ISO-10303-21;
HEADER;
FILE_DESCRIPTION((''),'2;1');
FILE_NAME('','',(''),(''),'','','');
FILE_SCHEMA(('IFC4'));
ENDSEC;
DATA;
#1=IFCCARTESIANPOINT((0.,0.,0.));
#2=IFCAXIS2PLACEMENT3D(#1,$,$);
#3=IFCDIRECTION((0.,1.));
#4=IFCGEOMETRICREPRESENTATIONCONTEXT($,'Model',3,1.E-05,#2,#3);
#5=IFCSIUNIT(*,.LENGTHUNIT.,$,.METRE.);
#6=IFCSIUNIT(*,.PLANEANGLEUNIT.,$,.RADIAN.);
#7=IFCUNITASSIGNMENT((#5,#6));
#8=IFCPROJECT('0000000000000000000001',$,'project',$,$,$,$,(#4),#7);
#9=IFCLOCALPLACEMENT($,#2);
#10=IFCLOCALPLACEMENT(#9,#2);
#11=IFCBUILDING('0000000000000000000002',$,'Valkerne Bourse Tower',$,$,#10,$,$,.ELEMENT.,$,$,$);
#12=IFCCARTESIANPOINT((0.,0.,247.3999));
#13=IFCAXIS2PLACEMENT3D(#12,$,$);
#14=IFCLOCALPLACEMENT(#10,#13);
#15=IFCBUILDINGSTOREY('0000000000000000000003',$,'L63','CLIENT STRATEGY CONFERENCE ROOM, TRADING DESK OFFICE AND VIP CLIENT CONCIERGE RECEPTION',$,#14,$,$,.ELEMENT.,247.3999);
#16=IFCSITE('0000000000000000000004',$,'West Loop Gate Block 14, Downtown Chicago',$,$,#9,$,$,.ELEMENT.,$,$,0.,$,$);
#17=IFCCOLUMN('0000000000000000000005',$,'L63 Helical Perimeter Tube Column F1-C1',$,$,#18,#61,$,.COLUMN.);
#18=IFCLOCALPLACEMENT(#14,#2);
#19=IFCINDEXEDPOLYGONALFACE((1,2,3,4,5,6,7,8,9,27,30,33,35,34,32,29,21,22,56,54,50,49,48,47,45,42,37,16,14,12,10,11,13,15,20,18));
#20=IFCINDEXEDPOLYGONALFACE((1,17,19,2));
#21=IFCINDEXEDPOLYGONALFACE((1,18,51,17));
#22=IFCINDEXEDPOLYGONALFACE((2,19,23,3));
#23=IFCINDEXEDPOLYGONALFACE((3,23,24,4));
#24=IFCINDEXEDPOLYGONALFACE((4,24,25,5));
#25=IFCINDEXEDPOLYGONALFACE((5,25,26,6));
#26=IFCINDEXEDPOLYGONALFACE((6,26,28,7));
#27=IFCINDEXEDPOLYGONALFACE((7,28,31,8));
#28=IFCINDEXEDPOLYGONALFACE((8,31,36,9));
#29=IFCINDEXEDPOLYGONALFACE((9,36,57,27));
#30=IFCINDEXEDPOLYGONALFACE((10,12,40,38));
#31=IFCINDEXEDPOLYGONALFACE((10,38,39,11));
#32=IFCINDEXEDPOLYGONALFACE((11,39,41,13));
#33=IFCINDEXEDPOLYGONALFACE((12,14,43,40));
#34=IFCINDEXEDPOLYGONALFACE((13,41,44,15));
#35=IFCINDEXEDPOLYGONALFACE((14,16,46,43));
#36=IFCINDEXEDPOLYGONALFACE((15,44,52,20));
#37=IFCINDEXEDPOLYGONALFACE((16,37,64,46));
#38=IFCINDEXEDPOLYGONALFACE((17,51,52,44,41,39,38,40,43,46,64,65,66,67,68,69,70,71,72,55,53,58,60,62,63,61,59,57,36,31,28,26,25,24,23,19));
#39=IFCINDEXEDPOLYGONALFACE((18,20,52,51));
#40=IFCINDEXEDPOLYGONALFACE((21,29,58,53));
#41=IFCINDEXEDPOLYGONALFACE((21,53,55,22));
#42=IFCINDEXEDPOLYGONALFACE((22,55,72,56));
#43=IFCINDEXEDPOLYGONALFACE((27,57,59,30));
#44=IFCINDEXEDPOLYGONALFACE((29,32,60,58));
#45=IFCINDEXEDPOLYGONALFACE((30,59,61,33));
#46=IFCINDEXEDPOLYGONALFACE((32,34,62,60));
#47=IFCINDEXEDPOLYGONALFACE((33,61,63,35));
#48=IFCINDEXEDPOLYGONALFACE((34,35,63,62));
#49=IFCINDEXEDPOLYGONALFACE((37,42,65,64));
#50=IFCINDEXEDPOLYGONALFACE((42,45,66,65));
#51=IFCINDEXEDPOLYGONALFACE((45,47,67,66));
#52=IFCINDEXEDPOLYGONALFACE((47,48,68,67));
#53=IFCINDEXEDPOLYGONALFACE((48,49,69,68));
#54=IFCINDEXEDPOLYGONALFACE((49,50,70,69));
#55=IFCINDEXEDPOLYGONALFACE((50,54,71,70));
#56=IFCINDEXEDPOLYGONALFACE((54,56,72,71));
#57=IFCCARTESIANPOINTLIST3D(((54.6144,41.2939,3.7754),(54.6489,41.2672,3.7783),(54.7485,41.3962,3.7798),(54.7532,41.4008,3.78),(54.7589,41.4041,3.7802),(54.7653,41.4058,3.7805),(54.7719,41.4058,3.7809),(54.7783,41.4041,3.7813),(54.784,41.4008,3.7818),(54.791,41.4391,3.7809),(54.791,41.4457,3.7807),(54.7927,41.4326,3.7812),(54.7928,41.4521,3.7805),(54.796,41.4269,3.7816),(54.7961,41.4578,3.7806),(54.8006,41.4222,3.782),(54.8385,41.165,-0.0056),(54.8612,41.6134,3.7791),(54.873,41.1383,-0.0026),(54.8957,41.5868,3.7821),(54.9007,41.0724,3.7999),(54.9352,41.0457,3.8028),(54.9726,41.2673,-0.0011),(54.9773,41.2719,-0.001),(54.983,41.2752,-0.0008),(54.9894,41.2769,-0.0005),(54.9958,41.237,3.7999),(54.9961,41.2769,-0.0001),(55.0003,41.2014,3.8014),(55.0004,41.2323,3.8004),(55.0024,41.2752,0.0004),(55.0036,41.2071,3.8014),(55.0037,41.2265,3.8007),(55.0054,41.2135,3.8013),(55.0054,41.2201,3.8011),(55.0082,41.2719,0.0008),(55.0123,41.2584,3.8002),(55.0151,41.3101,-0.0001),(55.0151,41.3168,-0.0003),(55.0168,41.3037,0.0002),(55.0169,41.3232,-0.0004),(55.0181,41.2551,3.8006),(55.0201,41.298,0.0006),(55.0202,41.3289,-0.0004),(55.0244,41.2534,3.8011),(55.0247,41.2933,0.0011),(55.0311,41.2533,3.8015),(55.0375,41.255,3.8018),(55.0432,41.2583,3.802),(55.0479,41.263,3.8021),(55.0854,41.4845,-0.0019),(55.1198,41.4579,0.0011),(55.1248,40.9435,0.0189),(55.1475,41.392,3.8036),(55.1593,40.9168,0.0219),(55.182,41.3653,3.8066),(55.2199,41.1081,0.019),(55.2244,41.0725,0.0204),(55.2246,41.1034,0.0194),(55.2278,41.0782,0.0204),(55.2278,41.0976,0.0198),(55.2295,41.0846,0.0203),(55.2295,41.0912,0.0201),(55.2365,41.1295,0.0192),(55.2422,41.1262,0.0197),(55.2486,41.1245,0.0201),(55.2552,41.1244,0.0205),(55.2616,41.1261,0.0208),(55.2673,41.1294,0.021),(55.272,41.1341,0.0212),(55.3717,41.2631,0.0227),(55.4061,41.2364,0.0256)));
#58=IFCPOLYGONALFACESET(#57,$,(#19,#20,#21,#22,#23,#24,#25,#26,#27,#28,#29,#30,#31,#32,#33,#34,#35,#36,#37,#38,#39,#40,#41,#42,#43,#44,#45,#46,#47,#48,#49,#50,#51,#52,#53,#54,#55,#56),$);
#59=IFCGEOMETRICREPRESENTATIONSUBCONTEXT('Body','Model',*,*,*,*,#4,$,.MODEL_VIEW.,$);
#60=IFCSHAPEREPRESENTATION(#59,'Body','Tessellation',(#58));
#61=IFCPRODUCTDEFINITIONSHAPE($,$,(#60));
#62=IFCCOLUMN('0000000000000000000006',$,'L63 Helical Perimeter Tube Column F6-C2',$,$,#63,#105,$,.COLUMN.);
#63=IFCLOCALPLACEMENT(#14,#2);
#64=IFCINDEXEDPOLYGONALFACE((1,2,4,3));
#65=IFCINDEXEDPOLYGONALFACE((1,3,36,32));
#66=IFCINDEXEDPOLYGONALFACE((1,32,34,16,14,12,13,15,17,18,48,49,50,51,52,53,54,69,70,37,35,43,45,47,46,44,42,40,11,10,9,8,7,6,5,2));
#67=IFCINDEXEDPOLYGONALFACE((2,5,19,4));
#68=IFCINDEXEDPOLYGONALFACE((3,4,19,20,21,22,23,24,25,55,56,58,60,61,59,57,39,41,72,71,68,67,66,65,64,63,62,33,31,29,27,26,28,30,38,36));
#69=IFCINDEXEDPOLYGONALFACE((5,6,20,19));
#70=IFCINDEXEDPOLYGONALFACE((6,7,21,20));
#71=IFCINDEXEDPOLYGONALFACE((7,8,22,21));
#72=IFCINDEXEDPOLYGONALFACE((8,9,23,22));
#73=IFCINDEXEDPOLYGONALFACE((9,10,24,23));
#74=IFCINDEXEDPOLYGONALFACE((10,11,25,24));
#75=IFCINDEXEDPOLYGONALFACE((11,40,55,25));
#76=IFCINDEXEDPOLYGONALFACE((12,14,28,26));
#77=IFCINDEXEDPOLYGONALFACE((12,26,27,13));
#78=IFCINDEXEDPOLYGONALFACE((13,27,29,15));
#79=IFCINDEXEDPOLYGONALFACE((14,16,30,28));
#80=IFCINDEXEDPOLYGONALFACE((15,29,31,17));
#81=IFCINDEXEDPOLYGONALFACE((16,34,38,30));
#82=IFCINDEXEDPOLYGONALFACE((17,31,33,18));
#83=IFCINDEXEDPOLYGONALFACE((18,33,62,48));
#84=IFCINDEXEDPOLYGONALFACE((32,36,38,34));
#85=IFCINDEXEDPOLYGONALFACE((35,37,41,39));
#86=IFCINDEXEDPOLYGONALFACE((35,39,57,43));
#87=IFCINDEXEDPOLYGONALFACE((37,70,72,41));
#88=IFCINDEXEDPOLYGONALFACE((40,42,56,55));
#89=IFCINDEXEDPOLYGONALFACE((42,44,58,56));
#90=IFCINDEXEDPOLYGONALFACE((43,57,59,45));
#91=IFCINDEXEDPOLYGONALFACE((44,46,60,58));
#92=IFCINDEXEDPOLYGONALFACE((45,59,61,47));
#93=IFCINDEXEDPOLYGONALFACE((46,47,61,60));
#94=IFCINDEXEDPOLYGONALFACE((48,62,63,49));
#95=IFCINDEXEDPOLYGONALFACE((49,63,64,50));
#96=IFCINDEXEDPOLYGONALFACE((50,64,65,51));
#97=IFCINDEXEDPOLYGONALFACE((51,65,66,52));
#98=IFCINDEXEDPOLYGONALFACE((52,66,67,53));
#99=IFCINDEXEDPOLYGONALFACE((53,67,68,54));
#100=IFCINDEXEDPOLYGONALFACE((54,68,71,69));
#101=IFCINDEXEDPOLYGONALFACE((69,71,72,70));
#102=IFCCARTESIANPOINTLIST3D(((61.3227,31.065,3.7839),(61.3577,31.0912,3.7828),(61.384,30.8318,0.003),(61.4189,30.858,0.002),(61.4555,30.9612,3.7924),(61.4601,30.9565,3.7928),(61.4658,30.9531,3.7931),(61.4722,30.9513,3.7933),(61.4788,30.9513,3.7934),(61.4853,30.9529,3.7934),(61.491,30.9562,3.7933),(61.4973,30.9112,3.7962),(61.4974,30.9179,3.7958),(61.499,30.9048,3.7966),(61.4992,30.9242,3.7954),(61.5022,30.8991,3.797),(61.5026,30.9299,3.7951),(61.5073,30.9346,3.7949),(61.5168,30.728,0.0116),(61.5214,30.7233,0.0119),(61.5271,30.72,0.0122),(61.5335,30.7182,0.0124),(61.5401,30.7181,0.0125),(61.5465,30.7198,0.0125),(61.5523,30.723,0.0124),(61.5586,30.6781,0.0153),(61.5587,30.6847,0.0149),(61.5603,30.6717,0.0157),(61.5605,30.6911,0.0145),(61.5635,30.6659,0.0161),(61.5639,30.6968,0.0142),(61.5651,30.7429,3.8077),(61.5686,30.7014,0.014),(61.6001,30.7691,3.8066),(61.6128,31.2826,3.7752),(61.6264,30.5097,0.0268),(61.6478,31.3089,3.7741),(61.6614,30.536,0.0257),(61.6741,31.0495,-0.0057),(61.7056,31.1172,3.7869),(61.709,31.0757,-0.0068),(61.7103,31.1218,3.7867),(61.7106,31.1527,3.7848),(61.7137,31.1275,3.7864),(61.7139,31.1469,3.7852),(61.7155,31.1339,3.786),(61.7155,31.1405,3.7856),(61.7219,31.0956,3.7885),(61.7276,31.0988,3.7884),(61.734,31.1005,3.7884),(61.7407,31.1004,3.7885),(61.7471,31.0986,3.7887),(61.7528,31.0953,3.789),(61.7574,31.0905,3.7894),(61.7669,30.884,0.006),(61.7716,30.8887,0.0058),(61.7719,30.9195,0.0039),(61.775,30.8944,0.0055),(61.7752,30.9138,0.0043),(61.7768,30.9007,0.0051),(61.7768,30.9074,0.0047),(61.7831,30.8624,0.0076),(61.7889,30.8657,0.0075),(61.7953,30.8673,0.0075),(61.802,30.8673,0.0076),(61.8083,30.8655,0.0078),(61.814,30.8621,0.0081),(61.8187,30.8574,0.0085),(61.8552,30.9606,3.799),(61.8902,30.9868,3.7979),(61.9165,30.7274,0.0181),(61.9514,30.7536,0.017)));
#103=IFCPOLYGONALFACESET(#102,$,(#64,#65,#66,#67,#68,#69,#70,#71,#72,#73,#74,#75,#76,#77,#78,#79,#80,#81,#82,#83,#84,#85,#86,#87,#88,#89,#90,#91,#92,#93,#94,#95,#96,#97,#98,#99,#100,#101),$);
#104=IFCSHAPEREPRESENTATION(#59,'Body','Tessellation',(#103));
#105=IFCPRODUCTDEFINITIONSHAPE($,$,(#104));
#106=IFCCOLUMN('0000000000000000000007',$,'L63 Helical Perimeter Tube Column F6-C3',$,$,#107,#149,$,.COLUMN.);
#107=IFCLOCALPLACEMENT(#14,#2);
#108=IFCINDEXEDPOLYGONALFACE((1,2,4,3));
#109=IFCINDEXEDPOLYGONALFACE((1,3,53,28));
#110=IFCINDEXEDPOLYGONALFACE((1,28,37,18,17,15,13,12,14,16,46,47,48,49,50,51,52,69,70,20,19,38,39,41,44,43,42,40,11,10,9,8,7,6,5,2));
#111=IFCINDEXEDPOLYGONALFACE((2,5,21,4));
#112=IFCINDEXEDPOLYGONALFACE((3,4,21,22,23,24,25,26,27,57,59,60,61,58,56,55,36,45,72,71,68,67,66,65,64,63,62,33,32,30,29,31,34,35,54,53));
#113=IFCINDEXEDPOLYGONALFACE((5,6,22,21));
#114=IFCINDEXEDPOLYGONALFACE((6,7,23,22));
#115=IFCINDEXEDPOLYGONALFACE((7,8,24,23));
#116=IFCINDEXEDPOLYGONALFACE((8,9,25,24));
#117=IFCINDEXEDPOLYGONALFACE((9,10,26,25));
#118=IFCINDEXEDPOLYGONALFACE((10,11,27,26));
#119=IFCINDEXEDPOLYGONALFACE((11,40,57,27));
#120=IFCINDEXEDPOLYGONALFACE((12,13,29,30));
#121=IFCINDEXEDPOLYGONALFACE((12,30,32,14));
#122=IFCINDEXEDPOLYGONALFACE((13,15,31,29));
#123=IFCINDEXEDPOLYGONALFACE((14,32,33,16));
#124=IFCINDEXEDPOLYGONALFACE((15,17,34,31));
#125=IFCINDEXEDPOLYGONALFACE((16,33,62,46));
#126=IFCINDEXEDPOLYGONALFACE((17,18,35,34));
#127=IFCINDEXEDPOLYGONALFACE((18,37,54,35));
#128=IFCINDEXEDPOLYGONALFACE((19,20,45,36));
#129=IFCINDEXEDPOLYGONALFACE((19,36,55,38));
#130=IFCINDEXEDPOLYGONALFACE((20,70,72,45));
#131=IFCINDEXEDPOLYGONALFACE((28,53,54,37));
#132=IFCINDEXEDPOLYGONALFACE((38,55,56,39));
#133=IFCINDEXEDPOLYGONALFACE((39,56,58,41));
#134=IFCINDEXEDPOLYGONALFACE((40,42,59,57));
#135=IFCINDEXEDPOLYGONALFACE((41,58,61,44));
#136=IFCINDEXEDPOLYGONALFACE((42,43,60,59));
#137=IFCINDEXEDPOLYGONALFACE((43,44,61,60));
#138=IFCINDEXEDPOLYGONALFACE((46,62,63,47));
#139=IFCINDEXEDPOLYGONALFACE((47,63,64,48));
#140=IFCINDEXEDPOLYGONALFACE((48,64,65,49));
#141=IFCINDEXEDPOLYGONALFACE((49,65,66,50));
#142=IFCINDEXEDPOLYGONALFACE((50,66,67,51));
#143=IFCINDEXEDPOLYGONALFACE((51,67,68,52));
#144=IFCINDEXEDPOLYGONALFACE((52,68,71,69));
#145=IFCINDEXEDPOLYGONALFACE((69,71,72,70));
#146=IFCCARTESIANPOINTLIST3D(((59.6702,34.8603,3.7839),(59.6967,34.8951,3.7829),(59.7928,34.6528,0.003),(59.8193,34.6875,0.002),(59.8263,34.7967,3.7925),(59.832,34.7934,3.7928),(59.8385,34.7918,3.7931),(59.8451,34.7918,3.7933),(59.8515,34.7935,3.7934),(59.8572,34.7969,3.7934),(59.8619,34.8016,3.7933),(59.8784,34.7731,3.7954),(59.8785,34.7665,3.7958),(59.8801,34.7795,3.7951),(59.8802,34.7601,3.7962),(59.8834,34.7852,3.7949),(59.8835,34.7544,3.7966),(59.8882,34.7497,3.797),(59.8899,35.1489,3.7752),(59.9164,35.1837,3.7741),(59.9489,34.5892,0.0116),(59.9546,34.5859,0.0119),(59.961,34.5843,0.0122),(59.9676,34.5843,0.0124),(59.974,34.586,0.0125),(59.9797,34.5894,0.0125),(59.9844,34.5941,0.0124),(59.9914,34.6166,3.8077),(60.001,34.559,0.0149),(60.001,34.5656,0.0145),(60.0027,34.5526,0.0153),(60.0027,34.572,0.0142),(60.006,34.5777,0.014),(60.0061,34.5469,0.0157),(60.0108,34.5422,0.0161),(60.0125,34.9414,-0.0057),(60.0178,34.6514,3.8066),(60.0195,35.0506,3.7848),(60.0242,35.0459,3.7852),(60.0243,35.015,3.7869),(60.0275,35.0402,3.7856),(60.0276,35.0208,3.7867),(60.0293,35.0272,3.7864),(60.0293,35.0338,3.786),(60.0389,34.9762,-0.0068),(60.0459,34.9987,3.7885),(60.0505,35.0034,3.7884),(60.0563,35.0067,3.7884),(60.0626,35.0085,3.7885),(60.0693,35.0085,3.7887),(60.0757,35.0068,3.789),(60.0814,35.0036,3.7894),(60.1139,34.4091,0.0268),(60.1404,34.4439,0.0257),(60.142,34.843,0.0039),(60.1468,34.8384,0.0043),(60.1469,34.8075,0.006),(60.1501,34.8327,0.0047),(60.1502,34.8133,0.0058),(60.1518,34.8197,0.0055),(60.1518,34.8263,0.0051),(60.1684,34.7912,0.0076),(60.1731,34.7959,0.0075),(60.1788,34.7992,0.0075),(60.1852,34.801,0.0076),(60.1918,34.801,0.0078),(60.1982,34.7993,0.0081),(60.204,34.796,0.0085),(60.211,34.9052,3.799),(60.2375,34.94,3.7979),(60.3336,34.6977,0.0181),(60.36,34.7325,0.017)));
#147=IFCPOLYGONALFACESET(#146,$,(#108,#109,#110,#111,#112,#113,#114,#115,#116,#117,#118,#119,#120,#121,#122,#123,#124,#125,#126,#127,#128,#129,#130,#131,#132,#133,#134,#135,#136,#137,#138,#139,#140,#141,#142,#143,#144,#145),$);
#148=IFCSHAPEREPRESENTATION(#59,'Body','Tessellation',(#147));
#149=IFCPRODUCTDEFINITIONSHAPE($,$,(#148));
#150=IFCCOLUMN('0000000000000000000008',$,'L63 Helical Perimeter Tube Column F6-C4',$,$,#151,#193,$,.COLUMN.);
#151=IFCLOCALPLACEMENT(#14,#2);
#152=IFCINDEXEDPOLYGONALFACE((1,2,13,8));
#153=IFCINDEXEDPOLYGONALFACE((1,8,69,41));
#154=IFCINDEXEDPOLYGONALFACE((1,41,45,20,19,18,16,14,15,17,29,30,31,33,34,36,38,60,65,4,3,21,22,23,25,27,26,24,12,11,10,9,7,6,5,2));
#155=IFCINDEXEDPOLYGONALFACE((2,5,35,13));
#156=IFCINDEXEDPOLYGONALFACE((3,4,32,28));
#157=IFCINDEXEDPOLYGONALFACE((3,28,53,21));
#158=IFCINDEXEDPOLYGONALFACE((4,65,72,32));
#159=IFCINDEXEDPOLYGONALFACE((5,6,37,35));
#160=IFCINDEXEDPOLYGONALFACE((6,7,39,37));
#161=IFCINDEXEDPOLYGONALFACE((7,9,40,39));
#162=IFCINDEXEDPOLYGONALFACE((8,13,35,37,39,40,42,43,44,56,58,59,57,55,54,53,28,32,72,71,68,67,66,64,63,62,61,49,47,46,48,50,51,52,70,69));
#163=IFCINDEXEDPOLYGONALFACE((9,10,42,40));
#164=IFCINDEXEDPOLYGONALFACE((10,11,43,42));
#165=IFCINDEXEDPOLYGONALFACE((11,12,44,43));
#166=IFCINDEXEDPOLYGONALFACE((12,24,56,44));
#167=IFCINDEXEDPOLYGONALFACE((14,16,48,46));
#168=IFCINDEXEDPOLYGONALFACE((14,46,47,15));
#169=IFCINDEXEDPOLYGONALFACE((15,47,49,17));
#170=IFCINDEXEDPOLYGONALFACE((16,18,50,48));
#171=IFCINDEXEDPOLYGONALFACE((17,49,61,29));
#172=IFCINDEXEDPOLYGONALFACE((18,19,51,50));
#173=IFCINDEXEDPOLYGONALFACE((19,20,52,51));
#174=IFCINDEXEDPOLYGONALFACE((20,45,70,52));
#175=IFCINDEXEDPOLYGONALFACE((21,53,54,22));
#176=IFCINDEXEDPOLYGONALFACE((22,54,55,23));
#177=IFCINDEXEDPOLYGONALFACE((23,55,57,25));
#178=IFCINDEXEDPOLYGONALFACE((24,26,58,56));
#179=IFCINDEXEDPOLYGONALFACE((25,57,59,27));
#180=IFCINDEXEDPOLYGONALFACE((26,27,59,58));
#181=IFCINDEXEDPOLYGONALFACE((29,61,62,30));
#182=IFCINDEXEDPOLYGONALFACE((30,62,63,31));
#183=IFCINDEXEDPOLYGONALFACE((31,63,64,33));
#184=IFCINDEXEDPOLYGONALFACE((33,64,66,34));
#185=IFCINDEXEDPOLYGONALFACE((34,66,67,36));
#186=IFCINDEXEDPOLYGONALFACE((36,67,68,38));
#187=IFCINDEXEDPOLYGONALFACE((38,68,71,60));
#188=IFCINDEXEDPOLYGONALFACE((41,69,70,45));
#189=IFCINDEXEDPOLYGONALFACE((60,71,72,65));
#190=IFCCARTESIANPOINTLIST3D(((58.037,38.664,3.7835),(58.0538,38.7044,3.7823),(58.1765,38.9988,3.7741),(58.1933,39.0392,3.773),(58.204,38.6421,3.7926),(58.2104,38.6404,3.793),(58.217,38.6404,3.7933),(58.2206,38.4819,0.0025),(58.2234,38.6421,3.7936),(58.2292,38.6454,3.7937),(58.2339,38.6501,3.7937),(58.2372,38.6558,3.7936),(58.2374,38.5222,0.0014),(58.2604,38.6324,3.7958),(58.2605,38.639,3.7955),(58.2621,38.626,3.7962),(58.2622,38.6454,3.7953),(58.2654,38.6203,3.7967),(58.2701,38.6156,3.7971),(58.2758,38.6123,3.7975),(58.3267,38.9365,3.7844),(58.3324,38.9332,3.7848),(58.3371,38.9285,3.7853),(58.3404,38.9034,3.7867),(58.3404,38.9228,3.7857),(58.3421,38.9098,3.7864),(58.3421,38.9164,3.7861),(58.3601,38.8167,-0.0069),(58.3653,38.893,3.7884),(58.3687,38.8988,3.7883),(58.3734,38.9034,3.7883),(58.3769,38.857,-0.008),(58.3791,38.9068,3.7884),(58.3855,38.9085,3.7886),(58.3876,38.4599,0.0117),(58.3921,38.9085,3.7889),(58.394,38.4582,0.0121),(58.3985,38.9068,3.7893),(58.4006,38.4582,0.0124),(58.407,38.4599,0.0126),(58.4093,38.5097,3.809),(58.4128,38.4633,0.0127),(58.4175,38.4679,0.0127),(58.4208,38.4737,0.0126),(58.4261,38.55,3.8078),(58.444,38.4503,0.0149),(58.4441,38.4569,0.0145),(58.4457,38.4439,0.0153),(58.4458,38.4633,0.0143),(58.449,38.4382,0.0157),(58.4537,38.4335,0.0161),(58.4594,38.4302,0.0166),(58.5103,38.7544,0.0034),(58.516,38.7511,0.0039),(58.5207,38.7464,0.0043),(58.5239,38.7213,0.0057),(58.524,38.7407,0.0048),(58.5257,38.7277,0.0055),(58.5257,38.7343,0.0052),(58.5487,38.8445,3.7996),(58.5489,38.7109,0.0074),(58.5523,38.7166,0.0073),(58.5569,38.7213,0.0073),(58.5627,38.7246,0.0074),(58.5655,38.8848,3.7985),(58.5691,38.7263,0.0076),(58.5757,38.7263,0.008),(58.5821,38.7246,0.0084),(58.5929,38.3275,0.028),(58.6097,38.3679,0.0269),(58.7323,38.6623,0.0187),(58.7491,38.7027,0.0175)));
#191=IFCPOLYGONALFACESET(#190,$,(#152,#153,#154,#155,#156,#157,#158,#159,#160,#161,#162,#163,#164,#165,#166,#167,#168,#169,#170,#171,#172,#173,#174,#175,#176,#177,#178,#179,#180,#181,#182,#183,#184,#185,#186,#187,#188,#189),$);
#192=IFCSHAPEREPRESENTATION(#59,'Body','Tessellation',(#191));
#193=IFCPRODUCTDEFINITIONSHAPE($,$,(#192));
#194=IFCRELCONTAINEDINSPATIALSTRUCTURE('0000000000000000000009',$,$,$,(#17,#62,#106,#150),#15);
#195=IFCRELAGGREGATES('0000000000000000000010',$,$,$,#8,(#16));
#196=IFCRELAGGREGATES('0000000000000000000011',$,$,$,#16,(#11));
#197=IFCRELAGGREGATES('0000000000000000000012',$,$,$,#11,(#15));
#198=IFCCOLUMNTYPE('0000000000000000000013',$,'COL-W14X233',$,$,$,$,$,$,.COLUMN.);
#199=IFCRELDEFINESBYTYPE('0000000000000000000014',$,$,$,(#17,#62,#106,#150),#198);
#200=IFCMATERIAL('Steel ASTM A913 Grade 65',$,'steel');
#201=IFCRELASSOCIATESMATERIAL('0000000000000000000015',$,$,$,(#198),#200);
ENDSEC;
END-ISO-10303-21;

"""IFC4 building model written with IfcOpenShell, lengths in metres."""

from ifc_helpers import new_model, si_unit, direction, frame, origin, origin_2d, place, context, subcontext, project, spatial, i_section, extrude, material, material_profile, profile_set, type_object, element, save


model = new_model("IFC4")

# Units and contexts
model_context = context("Model", 3, precision=1e-05, world=origin(), true_north=direction((0.0, 1.0)))
body_context = subcontext(model_context, "Body", "Model", "MODEL_VIEW")
ifc_project = project(units=[si_unit("LENGTHUNIT", "METRE"), si_unit("PLANEANGLEUNIT", "RADIAN")], contexts=[model_context])

# Site, building, storey
site_placement = place(None, origin())
site = spatial("IfcSite", under=ifc_project, at=site_placement, Name="West Loop Gate Block 14, Downtown Chicago", CompositionType="ELEMENT", RefElevation=0.0)
building_placement = place(site_placement, origin())
building = spatial("IfcBuilding", under=site, at=building_placement, Name="Valkerne Bourse Tower", CompositionType="ELEMENT")
storey_placement = place(building_placement, frame((0.0, 0.0, 247.3999)))
storey = spatial("IfcBuildingStorey", under=building, at=storey_placement, Name="L63", Description="CLIENT STRATEGY CONFERENCE ROOM, TRADING DESK OFFICE AND VIP CLIENT CONCIERGE RECEPTION", CompositionType="ELEMENT", Elevation=247.3999)

# Columns
ifc_material_1 = material(Name="Steel ASTM A913 Grade 65", Category="steel")
ifc_material_profile_1 = material_profile(ifc_material_1, i_section(OverallWidth=0.4038, OverallDepth=0.4065, WebThickness=0.0271, FlangeThickness=0.0437, FilletRadius=0.0254, at=origin_2d()), Name="W14X233")
ifc_profile_set_1 = profile_set([ifc_material_profile_1], Name="Steel ASTM A913 Grade 65")
column_type_1 = type_object("IfcColumnType", Name="COL-W14X233", PredefinedType="COLUMN", material=ifc_profile_set_1)
column_1_placement = place(storey_placement, frame((55.1223, 41.2007, 0.01), z_axis=(-0.059137, 0.034014, 0.99767), x_axis=(0.611335, 0.791318, 0.009259)))
element("IfcColumn", 1, at=column_1_placement, inside=storey, type_object=column_type_1, Name="L63 Helical Perimeter Tube Column F1-C1", PredefinedType="COLUMN", context=body_context, shape_type="SweptSolid", body=[
    extrude(i_section(OverallWidth=0.4038, OverallDepth=0.4065, WebThickness=0.0271, FlangeThickness=0.0437, FilletRadius=0.0254, at=origin_2d()), origin(), (0.0, 0.0, 1.0), 3.7898),
])
for number, where, z_axis, x_axis, name in (
    (2, (61.6677, 30.7927, 0.01), (-0.016174, 0.06154, 0.997974), (0.600304, -0.797599, 0.058913), "L63 Helical Perimeter Tube Column F6-C2"),
    (3, (60.0764, 34.6926, 0.01), (-0.032349, 0.054774, 0.997975), (0.795213, -0.603463, 0.058897), "L63 Helical Perimeter Tube Column F6-C3"),
):
    element("IfcColumn", number, at=place(storey_placement, frame(where, z_axis=z_axis, x_axis=x_axis)), inside=storey, type_object=column_type_1, Name=name, PredefinedType="COLUMN", context=body_context, shape_type="SweptSolid", body=[
        extrude(i_section(OverallWidth=0.4038, OverallDepth=0.4065, WebThickness=0.0271, FlangeThickness=0.0437, FilletRadius=0.0254, at=origin_2d()), origin(), (0.0, 0.0, 1.0), 3.7886),
    ])
column_2_placement = place(storey_placement, frame((58.4849, 38.5923, 0.01), z_axis=(-0.048444, 0.048057, 0.997669), x_axis=(0.921876, -0.3823, 0.063179)))
element("IfcColumn", 4, at=column_2_placement, inside=storey, type_object=column_type_1, Name="L63 Helical Perimeter Tube Column F6-C4", PredefinedType="COLUMN", context=body_context, shape_type="SweptSolid", body=[
    extrude(i_section(OverallWidth=0.4038, OverallDepth=0.4065, WebThickness=0.0271, FlangeThickness=0.0437, FilletRadius=0.0254, at=origin_2d()), origin(), (0.0, 0.0, 1.0), 3.7898),
])

save(model, "model.ifc")
